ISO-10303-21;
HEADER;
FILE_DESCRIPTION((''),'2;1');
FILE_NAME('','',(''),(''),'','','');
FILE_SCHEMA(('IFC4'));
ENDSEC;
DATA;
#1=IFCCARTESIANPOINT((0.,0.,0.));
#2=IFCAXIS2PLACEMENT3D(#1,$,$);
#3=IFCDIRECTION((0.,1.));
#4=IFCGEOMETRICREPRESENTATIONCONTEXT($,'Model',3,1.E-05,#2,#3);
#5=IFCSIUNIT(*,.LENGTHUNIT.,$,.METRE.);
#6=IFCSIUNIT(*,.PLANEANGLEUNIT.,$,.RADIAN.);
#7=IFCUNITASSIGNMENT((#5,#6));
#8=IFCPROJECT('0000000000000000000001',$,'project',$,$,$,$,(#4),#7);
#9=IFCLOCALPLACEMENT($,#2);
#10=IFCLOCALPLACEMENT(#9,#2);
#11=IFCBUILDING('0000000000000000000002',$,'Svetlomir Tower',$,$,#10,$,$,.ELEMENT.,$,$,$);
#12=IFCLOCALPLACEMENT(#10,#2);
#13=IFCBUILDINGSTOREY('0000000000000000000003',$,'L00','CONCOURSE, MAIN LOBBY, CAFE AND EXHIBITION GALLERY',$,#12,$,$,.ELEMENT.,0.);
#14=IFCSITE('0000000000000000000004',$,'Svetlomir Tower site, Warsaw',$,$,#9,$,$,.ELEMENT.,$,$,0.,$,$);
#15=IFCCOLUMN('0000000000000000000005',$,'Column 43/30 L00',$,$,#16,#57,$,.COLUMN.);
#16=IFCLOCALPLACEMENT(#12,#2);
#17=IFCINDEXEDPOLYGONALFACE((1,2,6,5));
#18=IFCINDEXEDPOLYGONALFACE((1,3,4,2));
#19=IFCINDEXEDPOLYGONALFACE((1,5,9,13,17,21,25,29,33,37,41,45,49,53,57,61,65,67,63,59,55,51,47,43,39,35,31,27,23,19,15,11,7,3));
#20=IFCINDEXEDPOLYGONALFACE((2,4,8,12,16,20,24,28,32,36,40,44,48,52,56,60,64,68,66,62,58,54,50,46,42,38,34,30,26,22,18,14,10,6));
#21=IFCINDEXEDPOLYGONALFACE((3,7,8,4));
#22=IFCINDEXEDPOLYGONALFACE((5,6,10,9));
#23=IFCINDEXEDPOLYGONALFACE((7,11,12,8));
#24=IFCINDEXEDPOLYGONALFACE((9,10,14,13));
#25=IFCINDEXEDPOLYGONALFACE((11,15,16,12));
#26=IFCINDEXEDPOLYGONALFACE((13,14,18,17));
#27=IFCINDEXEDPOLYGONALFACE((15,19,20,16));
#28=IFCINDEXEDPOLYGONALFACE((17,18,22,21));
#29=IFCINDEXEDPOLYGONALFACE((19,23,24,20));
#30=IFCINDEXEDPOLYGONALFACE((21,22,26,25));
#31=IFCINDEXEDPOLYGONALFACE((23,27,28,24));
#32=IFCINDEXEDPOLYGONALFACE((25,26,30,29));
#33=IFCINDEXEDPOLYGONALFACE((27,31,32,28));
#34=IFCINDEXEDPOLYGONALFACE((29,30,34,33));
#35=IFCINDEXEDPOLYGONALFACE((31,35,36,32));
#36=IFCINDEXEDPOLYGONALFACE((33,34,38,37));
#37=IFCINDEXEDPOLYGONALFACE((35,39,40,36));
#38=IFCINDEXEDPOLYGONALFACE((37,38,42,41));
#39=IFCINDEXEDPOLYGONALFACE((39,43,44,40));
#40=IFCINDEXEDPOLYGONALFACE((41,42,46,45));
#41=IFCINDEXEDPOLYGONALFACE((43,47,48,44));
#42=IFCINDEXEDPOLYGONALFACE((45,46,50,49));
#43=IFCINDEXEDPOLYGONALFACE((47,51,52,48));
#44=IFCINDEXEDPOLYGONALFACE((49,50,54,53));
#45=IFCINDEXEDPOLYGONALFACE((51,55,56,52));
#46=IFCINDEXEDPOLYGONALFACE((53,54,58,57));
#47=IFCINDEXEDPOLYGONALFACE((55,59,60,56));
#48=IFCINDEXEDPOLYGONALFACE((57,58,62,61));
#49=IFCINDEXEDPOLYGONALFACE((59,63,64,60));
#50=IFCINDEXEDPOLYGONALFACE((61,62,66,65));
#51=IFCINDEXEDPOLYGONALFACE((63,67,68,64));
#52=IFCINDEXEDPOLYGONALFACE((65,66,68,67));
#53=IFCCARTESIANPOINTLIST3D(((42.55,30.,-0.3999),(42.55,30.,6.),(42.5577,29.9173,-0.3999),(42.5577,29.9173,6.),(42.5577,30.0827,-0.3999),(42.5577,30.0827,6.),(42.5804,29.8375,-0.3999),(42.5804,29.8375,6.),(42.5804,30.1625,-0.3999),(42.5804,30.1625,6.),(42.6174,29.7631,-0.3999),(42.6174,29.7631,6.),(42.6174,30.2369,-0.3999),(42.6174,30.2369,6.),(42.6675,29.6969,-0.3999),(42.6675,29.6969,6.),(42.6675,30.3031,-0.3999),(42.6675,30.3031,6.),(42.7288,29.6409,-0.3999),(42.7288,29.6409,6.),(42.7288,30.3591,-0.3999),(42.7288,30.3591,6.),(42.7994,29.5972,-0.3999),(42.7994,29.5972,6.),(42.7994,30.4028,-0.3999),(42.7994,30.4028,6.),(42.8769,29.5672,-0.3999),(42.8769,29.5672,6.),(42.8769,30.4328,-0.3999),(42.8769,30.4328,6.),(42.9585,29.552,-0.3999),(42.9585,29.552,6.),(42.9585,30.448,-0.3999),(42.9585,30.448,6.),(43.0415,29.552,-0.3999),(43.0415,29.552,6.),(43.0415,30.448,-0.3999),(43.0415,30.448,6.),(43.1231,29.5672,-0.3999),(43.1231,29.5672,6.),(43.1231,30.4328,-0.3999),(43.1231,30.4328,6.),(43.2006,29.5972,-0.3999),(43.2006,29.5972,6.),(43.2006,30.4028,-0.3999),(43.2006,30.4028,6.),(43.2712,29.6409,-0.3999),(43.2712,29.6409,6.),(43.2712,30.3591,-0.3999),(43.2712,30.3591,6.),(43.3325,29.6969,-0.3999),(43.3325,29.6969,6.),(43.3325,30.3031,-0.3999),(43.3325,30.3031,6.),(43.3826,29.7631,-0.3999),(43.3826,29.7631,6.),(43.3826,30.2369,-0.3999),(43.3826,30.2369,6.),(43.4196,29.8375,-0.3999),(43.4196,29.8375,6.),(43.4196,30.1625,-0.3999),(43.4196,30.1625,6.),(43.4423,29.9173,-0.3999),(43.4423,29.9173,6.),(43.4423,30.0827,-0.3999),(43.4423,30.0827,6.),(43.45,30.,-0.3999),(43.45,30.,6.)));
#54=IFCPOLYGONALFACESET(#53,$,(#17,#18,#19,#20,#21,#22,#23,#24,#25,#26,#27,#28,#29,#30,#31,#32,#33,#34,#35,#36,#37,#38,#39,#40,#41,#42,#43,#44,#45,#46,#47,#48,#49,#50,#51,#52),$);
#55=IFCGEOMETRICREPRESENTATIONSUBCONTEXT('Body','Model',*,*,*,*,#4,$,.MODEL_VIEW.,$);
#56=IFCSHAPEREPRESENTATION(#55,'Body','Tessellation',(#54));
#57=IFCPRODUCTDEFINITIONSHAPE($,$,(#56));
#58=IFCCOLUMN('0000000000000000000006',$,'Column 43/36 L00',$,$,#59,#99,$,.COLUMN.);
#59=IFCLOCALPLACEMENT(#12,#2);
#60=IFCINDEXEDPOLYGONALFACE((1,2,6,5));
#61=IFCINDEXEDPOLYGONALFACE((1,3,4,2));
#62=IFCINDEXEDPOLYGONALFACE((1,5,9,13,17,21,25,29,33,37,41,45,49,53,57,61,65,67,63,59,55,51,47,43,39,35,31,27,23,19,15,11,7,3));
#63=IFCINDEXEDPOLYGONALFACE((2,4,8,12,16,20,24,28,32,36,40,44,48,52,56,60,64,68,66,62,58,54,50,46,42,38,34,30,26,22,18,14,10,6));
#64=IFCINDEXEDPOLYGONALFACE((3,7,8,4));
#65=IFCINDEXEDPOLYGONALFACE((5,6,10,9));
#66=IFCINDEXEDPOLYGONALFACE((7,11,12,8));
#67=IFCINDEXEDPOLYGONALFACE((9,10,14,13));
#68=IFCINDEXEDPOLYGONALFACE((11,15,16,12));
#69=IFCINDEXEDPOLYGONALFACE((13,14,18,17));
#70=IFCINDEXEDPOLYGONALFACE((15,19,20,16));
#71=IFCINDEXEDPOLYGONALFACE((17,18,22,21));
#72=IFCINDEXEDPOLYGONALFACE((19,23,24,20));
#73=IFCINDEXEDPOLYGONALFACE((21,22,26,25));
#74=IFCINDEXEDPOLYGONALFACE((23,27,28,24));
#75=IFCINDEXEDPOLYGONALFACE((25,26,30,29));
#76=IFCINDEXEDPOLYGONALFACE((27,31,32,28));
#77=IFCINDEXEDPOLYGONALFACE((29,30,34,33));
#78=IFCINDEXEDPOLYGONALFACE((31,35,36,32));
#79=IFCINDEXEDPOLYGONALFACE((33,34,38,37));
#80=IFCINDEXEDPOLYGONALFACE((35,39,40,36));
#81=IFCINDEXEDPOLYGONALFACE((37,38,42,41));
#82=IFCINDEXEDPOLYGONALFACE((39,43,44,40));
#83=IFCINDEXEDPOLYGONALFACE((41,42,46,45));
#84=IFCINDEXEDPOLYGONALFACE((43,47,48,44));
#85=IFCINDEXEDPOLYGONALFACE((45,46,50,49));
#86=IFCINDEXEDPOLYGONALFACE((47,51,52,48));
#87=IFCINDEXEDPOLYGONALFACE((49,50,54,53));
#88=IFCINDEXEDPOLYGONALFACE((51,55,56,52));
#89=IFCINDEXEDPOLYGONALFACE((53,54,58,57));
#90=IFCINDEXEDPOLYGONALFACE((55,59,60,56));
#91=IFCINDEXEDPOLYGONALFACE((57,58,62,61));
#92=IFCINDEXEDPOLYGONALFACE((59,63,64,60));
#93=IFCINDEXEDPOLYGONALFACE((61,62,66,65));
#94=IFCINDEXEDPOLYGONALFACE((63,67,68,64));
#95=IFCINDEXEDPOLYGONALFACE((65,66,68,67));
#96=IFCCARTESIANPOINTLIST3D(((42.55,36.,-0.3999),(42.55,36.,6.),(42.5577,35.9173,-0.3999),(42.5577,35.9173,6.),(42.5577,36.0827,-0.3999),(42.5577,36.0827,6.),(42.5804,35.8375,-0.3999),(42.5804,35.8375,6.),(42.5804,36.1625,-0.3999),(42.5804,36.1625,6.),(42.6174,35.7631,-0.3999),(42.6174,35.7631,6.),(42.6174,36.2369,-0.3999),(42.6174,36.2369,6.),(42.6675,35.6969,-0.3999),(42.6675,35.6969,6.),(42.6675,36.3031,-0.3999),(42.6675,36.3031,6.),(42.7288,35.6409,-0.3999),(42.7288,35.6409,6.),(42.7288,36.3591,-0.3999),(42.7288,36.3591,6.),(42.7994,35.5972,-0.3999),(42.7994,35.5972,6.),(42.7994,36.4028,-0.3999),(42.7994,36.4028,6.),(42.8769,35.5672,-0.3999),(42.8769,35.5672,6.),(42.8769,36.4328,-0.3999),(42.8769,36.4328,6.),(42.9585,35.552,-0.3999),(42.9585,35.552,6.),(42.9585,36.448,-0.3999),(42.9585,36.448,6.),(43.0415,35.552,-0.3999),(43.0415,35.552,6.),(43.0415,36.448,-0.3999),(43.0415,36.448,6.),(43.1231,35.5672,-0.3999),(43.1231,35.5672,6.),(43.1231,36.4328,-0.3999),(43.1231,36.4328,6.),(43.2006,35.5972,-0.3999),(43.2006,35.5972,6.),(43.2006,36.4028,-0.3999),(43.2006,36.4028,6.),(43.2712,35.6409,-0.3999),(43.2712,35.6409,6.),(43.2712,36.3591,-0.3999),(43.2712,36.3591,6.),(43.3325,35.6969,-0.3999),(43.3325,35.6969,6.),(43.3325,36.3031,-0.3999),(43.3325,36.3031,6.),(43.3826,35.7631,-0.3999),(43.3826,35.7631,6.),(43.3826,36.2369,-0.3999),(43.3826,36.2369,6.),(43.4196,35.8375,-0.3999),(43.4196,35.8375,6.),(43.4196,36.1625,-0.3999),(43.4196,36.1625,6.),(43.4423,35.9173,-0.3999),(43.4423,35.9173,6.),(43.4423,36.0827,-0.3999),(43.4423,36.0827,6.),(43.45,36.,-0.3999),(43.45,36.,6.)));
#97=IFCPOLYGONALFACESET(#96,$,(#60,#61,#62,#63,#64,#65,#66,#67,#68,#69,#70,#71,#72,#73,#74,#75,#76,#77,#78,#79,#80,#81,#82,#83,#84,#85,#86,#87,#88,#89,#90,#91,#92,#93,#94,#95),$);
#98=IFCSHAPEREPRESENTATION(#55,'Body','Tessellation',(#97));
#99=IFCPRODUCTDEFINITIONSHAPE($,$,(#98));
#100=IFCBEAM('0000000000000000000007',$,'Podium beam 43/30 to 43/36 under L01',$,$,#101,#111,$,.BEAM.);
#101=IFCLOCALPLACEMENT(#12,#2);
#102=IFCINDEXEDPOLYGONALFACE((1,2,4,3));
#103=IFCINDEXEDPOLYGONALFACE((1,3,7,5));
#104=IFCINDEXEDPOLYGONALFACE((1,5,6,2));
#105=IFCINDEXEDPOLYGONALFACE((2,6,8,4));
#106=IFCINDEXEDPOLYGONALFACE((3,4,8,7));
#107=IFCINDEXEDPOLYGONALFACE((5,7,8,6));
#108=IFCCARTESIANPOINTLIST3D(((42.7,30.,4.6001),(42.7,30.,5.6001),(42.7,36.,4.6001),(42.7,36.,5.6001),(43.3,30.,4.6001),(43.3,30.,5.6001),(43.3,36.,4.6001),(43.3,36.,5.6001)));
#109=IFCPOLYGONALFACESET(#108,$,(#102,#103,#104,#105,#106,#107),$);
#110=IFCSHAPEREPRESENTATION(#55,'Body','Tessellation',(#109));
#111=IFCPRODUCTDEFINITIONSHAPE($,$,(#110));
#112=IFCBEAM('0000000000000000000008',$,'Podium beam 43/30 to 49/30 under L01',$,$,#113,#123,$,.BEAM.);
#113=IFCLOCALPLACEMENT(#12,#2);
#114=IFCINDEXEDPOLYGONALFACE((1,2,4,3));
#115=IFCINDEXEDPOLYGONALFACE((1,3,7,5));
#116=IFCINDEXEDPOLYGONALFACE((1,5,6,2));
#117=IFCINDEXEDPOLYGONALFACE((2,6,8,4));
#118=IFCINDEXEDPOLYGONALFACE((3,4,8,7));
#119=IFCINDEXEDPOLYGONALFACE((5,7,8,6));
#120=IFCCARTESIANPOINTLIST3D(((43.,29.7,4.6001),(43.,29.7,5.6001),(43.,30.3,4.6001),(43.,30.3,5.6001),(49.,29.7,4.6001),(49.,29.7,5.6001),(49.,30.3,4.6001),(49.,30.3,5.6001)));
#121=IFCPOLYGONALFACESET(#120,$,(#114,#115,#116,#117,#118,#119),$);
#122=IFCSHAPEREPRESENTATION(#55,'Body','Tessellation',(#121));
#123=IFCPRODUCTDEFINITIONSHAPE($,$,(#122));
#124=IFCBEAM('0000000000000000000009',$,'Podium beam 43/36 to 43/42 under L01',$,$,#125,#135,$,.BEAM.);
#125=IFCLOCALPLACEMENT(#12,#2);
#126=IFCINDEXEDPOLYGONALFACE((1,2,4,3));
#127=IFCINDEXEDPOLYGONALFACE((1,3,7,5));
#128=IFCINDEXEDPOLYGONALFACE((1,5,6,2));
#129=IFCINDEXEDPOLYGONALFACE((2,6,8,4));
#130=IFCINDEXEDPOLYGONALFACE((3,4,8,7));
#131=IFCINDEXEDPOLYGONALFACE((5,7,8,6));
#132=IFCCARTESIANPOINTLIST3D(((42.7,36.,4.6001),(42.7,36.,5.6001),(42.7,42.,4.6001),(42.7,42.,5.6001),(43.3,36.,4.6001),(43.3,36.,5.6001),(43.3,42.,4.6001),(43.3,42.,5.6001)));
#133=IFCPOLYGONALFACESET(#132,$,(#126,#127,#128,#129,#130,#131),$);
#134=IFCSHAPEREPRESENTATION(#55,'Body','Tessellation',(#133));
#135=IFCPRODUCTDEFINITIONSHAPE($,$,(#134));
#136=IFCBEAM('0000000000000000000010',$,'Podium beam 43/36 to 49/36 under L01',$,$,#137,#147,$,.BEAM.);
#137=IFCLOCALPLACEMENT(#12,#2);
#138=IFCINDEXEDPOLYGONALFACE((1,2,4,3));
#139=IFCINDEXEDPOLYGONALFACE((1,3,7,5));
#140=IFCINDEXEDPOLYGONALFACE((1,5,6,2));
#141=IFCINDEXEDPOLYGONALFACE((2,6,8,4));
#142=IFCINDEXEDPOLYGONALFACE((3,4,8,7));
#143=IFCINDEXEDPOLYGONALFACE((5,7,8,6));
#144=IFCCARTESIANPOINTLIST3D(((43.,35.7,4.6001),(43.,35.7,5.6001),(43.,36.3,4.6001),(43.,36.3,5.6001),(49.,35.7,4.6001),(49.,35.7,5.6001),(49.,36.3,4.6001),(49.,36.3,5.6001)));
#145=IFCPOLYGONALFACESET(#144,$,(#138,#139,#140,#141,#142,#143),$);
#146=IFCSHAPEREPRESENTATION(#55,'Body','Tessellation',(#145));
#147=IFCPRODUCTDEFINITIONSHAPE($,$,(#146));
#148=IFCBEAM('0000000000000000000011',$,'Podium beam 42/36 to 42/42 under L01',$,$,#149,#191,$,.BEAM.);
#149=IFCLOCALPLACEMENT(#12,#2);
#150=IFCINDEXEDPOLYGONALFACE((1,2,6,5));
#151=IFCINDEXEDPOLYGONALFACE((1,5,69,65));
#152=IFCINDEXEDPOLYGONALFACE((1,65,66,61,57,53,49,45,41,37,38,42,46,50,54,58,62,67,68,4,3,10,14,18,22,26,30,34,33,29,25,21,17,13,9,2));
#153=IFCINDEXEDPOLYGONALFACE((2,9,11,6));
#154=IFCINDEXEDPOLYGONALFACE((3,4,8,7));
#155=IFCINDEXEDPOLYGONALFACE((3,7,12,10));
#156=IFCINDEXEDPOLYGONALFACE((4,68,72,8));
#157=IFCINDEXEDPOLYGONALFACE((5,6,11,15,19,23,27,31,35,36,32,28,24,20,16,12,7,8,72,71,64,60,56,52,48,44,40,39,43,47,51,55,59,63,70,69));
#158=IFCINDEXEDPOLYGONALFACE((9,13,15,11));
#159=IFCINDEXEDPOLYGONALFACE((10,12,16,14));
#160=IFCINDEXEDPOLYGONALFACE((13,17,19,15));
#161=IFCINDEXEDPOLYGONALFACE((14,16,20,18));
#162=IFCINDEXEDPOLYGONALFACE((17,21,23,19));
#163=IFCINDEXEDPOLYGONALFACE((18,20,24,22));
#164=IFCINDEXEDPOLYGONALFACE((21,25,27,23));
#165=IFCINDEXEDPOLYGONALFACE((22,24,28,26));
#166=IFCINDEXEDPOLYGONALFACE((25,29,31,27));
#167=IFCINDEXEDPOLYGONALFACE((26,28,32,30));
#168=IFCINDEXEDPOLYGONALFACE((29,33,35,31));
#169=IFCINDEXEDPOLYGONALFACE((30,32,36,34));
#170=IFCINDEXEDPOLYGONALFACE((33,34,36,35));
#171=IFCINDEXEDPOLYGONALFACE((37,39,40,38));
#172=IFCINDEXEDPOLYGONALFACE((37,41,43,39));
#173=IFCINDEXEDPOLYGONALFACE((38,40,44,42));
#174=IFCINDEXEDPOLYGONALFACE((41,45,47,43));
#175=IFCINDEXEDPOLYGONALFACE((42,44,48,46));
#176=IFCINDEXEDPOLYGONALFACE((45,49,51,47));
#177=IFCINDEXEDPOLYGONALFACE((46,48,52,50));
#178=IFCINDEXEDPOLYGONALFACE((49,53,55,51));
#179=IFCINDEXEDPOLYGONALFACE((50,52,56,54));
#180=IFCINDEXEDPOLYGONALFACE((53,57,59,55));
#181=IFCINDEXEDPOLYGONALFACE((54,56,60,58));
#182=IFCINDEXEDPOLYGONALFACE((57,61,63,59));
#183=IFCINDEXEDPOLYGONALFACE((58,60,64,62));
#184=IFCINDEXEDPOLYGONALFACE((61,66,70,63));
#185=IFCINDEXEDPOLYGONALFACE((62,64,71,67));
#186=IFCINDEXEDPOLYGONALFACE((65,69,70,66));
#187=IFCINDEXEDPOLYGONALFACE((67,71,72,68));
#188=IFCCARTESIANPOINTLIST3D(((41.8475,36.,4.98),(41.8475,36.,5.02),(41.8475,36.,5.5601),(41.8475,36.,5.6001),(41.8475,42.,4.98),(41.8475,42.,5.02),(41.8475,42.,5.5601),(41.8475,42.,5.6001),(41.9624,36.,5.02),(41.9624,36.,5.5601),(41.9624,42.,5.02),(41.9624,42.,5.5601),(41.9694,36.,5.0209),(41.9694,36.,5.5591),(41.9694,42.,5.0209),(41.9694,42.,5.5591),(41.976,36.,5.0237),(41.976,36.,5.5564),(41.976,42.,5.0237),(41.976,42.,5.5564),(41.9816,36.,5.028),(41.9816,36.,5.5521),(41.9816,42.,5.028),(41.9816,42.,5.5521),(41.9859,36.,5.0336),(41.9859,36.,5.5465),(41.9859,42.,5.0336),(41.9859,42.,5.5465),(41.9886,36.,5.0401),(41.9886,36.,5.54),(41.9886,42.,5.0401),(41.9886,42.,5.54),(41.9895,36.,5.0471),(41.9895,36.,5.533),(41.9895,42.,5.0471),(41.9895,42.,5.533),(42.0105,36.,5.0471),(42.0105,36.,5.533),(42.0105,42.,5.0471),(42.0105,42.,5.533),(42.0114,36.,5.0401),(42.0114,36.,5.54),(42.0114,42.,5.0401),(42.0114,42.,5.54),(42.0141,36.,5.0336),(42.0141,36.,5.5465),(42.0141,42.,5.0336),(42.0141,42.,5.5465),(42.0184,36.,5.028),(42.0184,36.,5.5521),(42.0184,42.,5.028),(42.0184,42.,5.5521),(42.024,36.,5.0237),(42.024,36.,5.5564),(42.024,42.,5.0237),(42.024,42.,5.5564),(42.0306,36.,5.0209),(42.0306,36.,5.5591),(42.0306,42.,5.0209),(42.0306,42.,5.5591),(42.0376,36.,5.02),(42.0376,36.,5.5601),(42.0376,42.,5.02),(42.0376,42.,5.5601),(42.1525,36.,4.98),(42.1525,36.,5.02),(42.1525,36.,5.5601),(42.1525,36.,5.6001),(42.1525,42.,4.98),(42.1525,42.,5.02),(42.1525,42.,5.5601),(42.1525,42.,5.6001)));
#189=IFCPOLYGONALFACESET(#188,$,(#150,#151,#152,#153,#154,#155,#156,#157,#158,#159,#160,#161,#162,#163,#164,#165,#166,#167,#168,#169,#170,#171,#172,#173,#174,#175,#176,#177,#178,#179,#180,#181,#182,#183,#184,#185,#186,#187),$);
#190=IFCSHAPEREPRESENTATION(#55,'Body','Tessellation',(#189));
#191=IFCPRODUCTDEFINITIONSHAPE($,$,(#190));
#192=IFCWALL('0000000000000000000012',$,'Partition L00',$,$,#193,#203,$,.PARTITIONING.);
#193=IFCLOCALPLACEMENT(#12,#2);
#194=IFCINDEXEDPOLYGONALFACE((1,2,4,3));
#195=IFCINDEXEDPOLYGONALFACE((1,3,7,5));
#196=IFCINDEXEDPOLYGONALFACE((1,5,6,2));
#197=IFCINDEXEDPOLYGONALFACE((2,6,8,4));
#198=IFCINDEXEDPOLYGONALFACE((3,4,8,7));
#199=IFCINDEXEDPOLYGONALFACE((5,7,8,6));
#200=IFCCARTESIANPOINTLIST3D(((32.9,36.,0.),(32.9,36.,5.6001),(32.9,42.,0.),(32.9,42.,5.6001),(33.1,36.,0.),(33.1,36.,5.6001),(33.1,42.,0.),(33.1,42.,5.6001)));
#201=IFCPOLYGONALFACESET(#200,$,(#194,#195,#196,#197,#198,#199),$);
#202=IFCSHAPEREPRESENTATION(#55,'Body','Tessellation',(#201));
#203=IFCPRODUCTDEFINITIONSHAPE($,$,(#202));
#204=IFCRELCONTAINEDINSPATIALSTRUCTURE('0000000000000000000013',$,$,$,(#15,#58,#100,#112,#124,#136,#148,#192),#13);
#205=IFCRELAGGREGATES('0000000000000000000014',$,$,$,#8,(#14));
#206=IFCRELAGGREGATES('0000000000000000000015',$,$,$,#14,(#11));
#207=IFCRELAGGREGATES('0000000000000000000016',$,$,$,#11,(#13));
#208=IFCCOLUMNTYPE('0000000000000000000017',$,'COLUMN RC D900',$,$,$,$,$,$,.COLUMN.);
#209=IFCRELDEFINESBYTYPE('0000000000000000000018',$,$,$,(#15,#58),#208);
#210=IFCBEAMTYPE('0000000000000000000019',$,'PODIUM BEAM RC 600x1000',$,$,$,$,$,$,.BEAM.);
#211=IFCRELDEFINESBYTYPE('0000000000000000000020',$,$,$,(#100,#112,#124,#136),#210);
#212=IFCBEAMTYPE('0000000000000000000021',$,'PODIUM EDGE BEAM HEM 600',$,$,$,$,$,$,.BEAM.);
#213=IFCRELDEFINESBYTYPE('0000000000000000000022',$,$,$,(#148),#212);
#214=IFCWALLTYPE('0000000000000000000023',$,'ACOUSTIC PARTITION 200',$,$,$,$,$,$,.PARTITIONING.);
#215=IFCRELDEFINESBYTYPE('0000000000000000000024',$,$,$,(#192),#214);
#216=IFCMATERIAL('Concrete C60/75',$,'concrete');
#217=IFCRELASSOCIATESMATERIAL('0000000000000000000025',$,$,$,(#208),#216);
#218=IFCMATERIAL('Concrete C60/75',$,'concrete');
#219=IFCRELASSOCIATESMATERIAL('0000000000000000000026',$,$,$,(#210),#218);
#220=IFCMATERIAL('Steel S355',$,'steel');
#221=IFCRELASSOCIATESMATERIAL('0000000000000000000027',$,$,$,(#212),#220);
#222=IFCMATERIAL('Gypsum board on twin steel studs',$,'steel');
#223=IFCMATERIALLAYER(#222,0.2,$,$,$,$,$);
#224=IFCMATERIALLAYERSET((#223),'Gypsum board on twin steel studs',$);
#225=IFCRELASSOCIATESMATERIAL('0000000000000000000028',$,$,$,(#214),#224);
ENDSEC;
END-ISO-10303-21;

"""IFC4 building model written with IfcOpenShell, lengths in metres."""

from ifc_helpers import new_model, si_unit, direction, frame, frame_2d, origin, origin_2d, place, context, subcontext, project, spatial, rectangle, circle, i_section, extrude, material, layer, layer_set, material_profile, profile_set, type_object, element, save


model = new_model("IFC4")

# Units and contexts
model_context = context("Model", 3, precision=1e-05, world=origin(), true_north=direction((0.0, 1.0)))
body_context = subcontext(model_context, "Body", "Model", "MODEL_VIEW")
ifc_project = project(units=[si_unit("LENGTHUNIT", "METRE"), si_unit("PLANEANGLEUNIT", "RADIAN")], contexts=[model_context])

# Site, building, storey
site_placement = place(None, origin())
site = spatial("IfcSite", under=ifc_project, at=site_placement, Name="Svetlomir Tower site, Warsaw", CompositionType="ELEMENT", RefElevation=0.0)
building_placement = place(site_placement, origin())
building = spatial("IfcBuilding", under=site, at=building_placement, Name="Svetlomir Tower", CompositionType="ELEMENT")
storey_placement = place(building_placement, origin())
storey = spatial("IfcBuildingStorey", under=building, at=storey_placement, Name="L00", Description="CONCOURSE, MAIN LOBBY, CAFE AND EXHIBITION GALLERY", CompositionType="ELEMENT", Elevation=0.0)

# Columns
ifc_material_1 = material(Name="Concrete C60/75", Category="concrete")
ifc_material_profile_1 = material_profile(ifc_material_1, circle(Radius=0.45, at=origin_2d()), Name="RC D900")
ifc_profile_set_1 = profile_set([ifc_material_profile_1], Name="Concrete C60/75")
column_type_1 = type_object("IfcColumnType", Name="COLUMN RC D900", PredefinedType="COLUMN", material=ifc_profile_set_1)
for number, where, z_axis, x_axis, name in (
    (1, (43.0, 30.0, -0.3999), (0.0, 0.0, 1.0), (1.0, 0.0, 0.0), "Column 43/30 L00"),
    (2, (43.0, 36.0, -0.3999), (0.0, 0.0, 1.0), (1.0, 0.0, 0.0), "Column 43/36 L00"),
):
    element("IfcColumn", number, at=place(storey_placement, frame(where, z_axis=z_axis, x_axis=x_axis)), inside=storey, type_object=column_type_1, Name=name, PredefinedType="COLUMN", context=body_context, shape_type="SweptSolid", body=[
        extrude(circle(Radius=0.45, at=origin_2d()), origin(), (0.0, 0.0, 1.0), 6.3999),
    ])

# Beams
ifc_material_2 = material(Name="Concrete C60/75", Category="concrete")
ifc_material_profile_2 = material_profile(ifc_material_2, rectangle(XDim=0.6001, YDim=1.0, at=origin_2d()), Name="RC 600x1000")
ifc_profile_set_2 = profile_set([ifc_material_profile_2], Name="Concrete C60/75")
beam_type_1 = type_object("IfcBeamType", Name="PODIUM BEAM RC 600x1000", PredefinedType="BEAM", material=ifc_profile_set_2)
for number, where, z_axis, x_axis, name in (
    (3, (43.0, 30.0, 5.1001), (0.0, 1.0, 0.0), (-1.0, 0.0, 0.0), "Podium beam 43/30 to 43/36 under L01"),
    (4, (43.0, 30.0, 5.1001), (1.0, 0.0, 0.0), (0.0, 1.0, 0.0), "Podium beam 43/30 to 49/30 under L01"),
    (5, (43.0, 36.0, 5.1001), (0.0, 1.0, 0.0), (-1.0, 0.0, 0.0), "Podium beam 43/36 to 43/42 under L01"),
    (6, (43.0, 36.0, 5.1001), (1.0, 0.0, 0.0), (0.0, 1.0, 0.0), "Podium beam 43/36 to 49/36 under L01"),
):
    element("IfcBeam", number, at=place(storey_placement, frame(where, z_axis=z_axis, x_axis=x_axis)), inside=storey, type_object=beam_type_1, Name=name, PredefinedType="BEAM", context=body_context, shape_type="SweptSolid", body=[
        extrude(rectangle(XDim=0.6001, YDim=1.0, at=origin_2d()), origin(), (0.0, 0.0, 1.0), 6.0),
    ])
ifc_material_3 = material(Name="Steel S355", Category="steel")
ifc_material_profile_3 = material_profile(ifc_material_3, i_section(OverallWidth=0.3049, OverallDepth=0.6201, WebThickness=0.021, FlangeThickness=0.04, FilletRadius=0.0271, at=origin_2d()), Name="HEM 600")
ifc_profile_set_3 = profile_set([ifc_material_profile_3], Name="Steel S355")
beam_type_2 = type_object("IfcBeamType", Name="PODIUM EDGE BEAM HEM 600", PredefinedType="BEAM", material=ifc_profile_set_3)
beam_placement = place(storey_placement, frame((42.0, 36.0, 5.29), z_axis=(0.0, 1.0, 0.0), x_axis=(-1.0, 0.0, 0.0)))
element("IfcBeam", 7, at=beam_placement, inside=storey, type_object=beam_type_2, Name="Podium beam 42/36 to 42/42 under L01", PredefinedType="BEAM", context=body_context, shape_type="SweptSolid", body=[
    extrude(i_section(OverallWidth=0.3049, OverallDepth=0.6201, WebThickness=0.021, FlangeThickness=0.04, FilletRadius=0.0271, at=origin_2d()), origin(), (0.0, 0.0, 1.0), 6.0),
])

# Wall
ifc_material_4 = material(Name="Gypsum board on twin steel studs", Category="steel")
ifc_layer_1 = layer(ifc_material_4, 0.2)
ifc_layer_set_1 = layer_set([ifc_layer_1], Name="Gypsum board on twin steel studs")
wall_type_1 = type_object("IfcWallType", Name="ACOUSTIC PARTITION 200", PredefinedType="PARTITIONING", material=ifc_layer_set_1)
wall_1_placement = place(storey_placement, frame((33.0, 36.0, 0.0), z_axis=(0.0, 0.0, 1.0), x_axis=(0.0, 1.0, 0.0)))
element("IfcWall", 8, at=wall_1_placement, inside=storey, type_object=wall_type_1, Name="Partition L00", PredefinedType="PARTITIONING", context=body_context, shape_type="SweptSolid", body=[
    extrude(rectangle(XDim=6.0, YDim=0.2, at=frame_2d((3.0, 0.0))), origin(), (0.0, 0.0, 1.0), 5.6001),
])

save(model, "model.ifc")
